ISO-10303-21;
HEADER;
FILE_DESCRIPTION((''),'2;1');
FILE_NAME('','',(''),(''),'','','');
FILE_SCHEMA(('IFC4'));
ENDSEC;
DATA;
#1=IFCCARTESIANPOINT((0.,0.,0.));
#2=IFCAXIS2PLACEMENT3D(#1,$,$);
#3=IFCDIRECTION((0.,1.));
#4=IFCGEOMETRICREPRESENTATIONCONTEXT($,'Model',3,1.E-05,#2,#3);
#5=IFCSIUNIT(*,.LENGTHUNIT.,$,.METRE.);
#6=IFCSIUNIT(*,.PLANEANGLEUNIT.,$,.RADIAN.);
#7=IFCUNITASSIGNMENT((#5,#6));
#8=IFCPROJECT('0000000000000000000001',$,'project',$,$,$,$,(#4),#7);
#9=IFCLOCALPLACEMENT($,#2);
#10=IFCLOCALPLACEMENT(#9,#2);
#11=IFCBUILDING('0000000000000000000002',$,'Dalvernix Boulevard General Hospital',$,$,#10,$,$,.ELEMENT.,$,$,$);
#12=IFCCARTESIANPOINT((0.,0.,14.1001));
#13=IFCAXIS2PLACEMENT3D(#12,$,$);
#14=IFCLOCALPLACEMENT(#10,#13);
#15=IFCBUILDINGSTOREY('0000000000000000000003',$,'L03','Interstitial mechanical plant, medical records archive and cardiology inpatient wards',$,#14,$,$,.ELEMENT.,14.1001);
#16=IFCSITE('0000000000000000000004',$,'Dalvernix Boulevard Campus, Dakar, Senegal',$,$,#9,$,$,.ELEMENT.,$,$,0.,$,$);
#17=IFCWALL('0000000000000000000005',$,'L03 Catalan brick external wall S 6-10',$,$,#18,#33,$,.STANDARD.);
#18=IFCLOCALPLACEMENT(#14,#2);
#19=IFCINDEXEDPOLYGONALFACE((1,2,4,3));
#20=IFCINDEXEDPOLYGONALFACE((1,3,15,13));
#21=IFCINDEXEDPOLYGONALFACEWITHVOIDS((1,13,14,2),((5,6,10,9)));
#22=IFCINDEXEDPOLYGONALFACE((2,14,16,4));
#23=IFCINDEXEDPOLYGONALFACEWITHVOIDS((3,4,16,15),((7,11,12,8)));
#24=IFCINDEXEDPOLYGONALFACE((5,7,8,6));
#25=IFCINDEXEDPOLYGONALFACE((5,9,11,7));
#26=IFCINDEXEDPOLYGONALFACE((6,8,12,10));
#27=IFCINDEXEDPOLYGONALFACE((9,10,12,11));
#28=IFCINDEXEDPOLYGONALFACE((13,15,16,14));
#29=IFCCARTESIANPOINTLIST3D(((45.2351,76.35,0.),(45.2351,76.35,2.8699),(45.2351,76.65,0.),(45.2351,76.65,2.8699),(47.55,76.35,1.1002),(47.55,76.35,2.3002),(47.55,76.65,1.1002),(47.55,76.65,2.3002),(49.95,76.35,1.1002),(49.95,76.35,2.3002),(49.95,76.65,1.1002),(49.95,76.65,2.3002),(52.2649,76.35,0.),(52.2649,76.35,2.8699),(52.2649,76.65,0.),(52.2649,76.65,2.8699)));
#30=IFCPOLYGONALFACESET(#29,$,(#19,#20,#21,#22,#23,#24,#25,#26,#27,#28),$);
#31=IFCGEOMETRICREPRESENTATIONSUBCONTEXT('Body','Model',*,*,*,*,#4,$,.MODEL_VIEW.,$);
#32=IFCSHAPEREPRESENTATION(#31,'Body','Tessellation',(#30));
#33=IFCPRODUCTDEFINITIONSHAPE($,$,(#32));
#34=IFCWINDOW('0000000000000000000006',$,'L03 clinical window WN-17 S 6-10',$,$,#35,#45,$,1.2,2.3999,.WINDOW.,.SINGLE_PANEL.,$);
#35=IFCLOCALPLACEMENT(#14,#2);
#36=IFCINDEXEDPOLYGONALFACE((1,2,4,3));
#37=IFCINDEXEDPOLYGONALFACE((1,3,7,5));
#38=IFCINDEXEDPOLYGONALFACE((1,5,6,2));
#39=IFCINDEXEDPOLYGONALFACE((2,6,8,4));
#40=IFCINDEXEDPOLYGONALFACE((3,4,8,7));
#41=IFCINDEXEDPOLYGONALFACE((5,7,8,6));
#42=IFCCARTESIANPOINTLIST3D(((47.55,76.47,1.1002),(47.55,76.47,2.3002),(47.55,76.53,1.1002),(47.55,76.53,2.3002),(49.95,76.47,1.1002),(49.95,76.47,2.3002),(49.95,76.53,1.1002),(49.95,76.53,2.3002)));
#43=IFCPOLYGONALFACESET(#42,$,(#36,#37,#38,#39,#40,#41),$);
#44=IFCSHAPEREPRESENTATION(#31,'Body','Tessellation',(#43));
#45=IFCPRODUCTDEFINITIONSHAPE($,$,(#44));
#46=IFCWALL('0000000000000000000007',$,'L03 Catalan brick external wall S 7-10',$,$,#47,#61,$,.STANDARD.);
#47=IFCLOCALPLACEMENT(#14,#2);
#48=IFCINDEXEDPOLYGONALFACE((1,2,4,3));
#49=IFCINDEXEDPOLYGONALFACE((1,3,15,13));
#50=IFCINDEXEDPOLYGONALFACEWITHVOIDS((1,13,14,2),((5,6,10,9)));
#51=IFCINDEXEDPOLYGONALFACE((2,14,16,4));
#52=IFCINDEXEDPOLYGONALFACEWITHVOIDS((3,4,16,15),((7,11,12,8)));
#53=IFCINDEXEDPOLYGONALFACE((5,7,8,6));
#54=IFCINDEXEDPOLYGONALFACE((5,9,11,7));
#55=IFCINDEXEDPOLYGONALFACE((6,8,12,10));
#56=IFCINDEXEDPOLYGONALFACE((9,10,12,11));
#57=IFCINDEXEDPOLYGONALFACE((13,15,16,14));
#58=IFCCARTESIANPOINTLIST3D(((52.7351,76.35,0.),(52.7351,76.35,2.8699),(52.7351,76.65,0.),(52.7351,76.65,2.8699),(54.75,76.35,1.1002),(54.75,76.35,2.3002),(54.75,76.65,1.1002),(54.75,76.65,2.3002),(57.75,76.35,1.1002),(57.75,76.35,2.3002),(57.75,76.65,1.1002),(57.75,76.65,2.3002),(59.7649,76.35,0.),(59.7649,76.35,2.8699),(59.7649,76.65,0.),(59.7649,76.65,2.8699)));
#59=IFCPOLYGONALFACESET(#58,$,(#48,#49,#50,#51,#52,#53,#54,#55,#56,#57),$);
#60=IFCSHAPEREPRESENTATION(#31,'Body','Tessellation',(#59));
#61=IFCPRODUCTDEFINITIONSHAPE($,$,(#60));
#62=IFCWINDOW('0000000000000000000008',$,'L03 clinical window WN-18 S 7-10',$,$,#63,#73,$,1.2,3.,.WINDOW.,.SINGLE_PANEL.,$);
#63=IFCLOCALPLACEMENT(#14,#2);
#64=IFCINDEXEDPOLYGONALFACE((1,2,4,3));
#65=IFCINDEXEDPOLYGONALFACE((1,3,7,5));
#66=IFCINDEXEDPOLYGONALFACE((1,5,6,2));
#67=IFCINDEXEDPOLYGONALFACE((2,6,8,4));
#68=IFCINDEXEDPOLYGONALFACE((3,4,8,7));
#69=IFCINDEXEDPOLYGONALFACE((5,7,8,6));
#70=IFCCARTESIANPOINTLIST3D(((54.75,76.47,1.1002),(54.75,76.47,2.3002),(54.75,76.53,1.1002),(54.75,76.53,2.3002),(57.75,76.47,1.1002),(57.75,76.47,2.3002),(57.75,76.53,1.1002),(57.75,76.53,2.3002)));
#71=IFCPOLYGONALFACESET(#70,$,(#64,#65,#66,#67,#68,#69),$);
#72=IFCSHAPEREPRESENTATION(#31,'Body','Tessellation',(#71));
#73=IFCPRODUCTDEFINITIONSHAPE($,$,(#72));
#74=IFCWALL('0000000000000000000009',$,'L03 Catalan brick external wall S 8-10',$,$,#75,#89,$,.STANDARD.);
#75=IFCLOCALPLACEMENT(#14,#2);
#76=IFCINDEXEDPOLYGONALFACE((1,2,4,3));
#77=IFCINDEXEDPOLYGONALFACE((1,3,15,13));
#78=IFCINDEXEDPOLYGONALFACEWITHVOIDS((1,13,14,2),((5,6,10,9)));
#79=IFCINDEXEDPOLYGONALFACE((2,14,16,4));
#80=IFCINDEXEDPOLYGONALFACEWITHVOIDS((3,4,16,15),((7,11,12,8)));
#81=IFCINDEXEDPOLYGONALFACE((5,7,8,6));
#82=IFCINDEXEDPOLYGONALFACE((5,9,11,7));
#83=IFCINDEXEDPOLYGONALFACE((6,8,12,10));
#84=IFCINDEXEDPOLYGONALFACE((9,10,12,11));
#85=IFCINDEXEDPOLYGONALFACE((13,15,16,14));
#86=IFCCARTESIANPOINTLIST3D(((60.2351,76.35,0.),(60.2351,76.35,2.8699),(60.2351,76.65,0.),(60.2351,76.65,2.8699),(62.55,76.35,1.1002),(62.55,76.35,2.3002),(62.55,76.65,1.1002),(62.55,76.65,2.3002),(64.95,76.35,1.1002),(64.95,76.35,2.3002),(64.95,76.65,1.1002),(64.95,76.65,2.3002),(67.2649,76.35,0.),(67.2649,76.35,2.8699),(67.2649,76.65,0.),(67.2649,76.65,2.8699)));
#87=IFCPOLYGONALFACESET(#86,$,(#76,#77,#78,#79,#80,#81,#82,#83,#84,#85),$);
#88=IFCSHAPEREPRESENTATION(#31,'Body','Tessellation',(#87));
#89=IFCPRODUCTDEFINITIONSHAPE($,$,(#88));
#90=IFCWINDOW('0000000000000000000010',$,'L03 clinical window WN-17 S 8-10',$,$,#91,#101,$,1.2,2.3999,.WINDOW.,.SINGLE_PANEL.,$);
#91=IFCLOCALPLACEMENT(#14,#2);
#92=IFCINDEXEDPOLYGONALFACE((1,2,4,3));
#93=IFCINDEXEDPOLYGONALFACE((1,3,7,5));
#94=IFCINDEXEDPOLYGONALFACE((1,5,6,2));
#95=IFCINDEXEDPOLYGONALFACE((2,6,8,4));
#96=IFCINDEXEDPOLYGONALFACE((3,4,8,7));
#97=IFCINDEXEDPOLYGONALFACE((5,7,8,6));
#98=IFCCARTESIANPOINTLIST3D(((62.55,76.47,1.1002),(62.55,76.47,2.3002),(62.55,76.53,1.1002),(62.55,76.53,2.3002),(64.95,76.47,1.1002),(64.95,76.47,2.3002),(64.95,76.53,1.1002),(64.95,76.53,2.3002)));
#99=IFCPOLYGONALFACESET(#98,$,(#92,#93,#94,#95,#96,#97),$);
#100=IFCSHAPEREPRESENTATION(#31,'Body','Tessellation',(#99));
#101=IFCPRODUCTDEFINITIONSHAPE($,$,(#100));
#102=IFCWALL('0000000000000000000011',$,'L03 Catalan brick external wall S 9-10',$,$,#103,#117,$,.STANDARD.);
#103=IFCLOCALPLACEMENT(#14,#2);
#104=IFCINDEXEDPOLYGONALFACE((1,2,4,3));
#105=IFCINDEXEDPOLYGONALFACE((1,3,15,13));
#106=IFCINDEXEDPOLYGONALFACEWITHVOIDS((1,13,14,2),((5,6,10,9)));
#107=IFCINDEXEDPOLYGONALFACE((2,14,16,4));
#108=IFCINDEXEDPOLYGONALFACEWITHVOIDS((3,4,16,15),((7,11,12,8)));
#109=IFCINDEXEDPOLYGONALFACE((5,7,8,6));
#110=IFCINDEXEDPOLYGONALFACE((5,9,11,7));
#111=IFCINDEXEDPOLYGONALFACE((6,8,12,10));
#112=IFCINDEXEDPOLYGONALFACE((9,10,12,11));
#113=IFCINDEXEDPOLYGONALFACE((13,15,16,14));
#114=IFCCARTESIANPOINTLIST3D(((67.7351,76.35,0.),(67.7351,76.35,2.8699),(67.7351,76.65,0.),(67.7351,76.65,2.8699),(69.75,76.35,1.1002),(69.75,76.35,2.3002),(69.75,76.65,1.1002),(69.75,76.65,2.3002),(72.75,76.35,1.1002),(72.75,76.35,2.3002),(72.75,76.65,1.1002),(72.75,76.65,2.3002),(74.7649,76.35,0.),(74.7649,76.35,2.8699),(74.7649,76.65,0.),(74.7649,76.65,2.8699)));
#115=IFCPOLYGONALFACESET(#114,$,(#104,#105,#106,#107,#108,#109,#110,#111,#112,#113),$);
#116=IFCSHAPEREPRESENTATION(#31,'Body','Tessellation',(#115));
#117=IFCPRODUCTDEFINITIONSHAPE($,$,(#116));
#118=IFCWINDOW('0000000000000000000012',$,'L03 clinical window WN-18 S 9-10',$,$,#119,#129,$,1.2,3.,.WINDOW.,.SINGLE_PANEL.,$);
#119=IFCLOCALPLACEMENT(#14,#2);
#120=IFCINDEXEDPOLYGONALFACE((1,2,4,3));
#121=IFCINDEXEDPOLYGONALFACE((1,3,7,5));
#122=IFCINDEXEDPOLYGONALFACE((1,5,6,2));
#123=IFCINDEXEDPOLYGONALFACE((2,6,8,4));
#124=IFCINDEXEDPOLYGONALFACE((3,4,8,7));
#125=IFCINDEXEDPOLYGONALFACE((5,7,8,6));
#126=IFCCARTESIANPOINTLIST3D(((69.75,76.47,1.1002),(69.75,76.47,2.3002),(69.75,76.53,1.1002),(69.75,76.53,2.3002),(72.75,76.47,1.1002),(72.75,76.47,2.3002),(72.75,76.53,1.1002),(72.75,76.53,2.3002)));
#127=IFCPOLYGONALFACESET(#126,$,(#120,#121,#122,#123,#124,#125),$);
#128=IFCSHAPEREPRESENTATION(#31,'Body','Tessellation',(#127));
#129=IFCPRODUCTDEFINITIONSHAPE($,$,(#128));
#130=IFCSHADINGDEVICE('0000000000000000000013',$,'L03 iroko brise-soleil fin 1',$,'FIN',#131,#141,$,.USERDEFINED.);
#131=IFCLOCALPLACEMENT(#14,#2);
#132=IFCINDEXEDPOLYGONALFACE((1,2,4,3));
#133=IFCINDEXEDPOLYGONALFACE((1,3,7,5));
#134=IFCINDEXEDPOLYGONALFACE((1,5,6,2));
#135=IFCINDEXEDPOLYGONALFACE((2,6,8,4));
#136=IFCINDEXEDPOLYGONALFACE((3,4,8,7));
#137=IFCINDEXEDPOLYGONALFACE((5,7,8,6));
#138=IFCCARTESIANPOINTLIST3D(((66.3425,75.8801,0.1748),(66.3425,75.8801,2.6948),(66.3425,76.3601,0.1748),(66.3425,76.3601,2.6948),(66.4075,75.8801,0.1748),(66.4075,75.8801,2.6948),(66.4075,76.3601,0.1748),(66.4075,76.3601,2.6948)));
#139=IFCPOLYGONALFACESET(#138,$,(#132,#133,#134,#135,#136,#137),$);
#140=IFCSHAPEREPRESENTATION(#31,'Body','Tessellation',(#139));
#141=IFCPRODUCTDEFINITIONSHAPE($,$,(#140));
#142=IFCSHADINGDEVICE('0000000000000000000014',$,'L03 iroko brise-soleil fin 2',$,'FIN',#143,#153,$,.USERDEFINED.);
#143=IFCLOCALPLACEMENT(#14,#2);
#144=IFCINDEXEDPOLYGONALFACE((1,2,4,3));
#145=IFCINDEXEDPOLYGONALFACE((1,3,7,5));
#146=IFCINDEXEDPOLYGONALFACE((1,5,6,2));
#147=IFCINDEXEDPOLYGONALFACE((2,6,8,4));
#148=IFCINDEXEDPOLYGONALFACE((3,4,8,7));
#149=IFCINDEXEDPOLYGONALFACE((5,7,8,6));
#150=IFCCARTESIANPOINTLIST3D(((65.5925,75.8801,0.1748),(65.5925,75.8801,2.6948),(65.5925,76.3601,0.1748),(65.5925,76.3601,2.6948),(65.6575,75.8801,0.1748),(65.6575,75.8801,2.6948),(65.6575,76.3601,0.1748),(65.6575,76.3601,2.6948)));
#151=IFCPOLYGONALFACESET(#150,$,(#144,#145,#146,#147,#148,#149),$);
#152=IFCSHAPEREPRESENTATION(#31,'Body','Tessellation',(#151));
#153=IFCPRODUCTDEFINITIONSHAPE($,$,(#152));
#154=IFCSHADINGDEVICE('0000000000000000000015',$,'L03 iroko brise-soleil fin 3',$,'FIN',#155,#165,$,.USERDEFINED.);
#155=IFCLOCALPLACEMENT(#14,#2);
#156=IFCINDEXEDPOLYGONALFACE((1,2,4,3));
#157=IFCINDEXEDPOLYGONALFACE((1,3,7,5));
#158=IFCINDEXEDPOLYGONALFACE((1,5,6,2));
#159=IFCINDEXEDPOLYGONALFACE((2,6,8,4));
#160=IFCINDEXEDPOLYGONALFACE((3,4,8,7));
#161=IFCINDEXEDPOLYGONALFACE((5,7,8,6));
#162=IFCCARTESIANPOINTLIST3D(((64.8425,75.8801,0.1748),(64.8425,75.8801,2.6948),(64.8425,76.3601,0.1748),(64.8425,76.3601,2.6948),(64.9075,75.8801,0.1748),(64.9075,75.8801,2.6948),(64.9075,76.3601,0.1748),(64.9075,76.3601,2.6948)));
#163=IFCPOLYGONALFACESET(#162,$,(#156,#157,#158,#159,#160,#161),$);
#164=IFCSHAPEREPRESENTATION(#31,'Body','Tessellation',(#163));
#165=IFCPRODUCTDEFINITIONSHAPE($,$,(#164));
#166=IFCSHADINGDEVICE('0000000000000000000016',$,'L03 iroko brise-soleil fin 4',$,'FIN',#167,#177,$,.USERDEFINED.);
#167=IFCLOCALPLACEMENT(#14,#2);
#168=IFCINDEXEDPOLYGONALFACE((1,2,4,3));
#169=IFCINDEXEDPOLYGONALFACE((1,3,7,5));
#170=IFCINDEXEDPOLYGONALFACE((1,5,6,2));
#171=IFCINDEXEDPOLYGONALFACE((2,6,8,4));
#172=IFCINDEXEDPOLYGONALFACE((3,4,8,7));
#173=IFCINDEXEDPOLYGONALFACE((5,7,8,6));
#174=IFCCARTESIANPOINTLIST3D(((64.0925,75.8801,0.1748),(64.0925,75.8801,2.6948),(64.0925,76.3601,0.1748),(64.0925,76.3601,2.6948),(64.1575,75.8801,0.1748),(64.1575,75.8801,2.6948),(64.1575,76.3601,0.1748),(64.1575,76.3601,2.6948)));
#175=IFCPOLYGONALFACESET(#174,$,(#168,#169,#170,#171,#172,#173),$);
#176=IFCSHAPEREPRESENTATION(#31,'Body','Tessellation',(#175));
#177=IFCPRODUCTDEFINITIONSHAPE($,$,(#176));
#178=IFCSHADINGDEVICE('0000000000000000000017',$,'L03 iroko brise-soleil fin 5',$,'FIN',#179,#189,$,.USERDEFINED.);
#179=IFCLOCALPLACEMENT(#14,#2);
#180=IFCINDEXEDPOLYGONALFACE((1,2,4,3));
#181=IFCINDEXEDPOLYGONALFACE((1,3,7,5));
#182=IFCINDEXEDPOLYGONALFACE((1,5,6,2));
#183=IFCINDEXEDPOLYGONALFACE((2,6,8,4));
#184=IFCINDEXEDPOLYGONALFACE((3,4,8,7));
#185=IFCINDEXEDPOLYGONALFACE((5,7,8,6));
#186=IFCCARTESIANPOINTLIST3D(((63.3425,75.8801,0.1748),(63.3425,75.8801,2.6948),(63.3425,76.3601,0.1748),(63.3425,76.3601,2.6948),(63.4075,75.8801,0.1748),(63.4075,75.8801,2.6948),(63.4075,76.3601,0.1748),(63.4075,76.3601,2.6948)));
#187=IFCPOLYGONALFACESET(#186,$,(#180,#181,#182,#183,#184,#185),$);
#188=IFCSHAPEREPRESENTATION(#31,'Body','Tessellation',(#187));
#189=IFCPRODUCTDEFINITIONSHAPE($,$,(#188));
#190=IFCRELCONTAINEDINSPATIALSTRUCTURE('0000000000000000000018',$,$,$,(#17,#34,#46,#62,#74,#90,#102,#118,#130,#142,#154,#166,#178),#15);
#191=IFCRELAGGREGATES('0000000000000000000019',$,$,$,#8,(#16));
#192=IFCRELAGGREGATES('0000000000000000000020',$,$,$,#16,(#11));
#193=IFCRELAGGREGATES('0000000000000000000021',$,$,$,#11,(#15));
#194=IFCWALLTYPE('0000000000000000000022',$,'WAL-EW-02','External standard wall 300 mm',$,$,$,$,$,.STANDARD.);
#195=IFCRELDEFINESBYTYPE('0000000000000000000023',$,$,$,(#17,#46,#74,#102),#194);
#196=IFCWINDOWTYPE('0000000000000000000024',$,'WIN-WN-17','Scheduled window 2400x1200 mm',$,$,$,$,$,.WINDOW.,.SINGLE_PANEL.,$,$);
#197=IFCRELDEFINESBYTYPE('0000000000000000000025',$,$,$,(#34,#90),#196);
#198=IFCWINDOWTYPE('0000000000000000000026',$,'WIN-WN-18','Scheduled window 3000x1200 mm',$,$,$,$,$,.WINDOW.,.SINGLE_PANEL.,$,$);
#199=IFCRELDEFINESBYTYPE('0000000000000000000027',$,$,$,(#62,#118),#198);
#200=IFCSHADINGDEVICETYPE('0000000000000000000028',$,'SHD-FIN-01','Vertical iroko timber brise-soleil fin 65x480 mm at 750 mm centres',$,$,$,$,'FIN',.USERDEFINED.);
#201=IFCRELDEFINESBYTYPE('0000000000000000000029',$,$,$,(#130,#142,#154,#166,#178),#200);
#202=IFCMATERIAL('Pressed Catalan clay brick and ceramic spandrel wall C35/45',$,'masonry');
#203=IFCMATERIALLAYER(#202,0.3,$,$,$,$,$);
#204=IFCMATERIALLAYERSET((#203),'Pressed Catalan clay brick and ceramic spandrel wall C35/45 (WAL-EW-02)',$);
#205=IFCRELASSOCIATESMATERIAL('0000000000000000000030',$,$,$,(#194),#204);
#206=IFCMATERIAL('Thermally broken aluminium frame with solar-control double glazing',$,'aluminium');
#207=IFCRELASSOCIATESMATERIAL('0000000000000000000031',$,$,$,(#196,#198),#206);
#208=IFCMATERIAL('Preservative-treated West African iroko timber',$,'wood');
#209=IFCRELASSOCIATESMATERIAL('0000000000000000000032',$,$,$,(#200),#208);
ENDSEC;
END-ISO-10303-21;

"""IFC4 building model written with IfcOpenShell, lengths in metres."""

from ifc_helpers import new_model, si_unit, direction, frame, frame_2d, origin, origin_2d, place, context, subcontext, project, spatial, rectangle, extrude, material, layer, layer_set, type_object, element, fill, save


model = new_model("IFC4")

# Units and contexts
model_context = context("Model", 3, precision=1e-05, world=origin(), true_north=direction((0.0, 1.0)))
body_context = subcontext(model_context, "Body", "Model", "MODEL_VIEW")
ifc_project = project(units=[si_unit("LENGTHUNIT", "METRE"), si_unit("PLANEANGLEUNIT", "RADIAN")], contexts=[model_context])

# Site, building, storey
site_placement = place(None, origin())
site = spatial("IfcSite", under=ifc_project, at=site_placement, Name="Dalvernix Boulevard Campus, Dakar, Senegal", CompositionType="ELEMENT", RefElevation=0.0)
building_placement = place(site_placement, origin())
building = spatial("IfcBuilding", under=site, at=building_placement, Name="Dalvernix Boulevard General Hospital", CompositionType="ELEMENT")
storey_placement = place(building_placement, frame((0.0, 0.0, 14.1001)))
storey = spatial("IfcBuildingStorey", under=building, at=storey_placement, Name="L03", Description="Interstitial mechanical plant, medical records archive and cardiology inpatient wards", CompositionType="ELEMENT", Elevation=14.1001)

# Walls, openings, windows
ifc_material_1 = material(Name="Pressed Catalan clay brick and ceramic spandrel wall C35/45", Category="masonry")
ifc_layer = layer(ifc_material_1, 0.3)
ifc_layer_set = layer_set([ifc_layer], Name="Pressed Catalan clay brick and ceramic spandrel wall C35/45 (WAL-EW-02)")
wall_type = type_object("IfcWallType", Name="WAL-EW-02", Description="External standard wall 300 mm", PredefinedType="STANDARD", material=ifc_layer_set)
wall_1_placement = place(storey_placement, frame((52.2649, 76.5, 0.0), z_axis=(0.0, 0.0, 1.0), x_axis=(-1.0, 0.0, 0.0)))
wall_1 = element("IfcWall", 1, at=wall_1_placement, inside=storey, type_object=wall_type, Name="L03 Catalan brick external wall S 6-10", PredefinedType="STANDARD", context=body_context, shape_type="SweptSolid", body=[
    extrude(rectangle(XDim=7.0298, YDim=0.3, at=frame_2d((3.5149, 0.0))), origin(), (0.0, 0.0, 1.0), 2.8699),
])
opening_1_placement = place(wall_1_placement, frame((2.3149, 0.0, 1.1001)))
opening_1 = element("IfcOpeningElement", 2, at=opening_1_placement, cuts=wall_1, PredefinedType="OPENING", context=body_context, shape_type="SweptSolid", body=[
    extrude(rectangle(XDim=2.3999, YDim=1.2, at=frame_2d((1.2, 0.6001))), frame((0.0, 0.1599, 0.0), z_axis=(0.0, -1.0, 0.0), x_axis=(1.0, 0.0, 0.0)), (0.0, 0.0, 1.0), 0.3201),
])
ifc_material_2 = material(Name="Thermally broken aluminium frame with solar-control double glazing", Category="aluminium")
window_type_1 = type_object("IfcWindowType", Name="WIN-WN-17", Description="Scheduled window 2400x1200 mm", PartitioningType="SINGLE_PANEL", PredefinedType="WINDOW", material=ifc_material_2)
window_1_placement = place(opening_1_placement, origin())
window_1 = element("IfcWindow", 3, at=window_1_placement, inside=storey, type_object=window_type_1, Name="L03 clinical window WN-17 S 6-10", OverallHeight=1.2, OverallWidth=2.3999, PartitioningType="SINGLE_PANEL", PredefinedType="WINDOW", context=body_context, shape_type="SweptSolid", body=[
    extrude(rectangle(XDim=2.3999, YDim=1.2, at=frame_2d((1.2, 0.6001))), frame((0.0, 0.03, 0.0), z_axis=(0.0, -1.0, 0.0), x_axis=(1.0, 0.0, 0.0)), (0.0, 0.0, 1.0), 0.0601),
])
fill(opening_1, window_1)
wall_2_placement = place(storey_placement, frame((59.7649, 76.5, 0.0), z_axis=(0.0, 0.0, 1.0), x_axis=(-1.0, 0.0, 0.0)))
wall_2 = element("IfcWall", 4, at=wall_2_placement, inside=storey, type_object=wall_type, Name="L03 Catalan brick external wall S 7-10", PredefinedType="STANDARD", context=body_context, shape_type="SweptSolid", body=[
    extrude(rectangle(XDim=7.0298, YDim=0.3, at=frame_2d((3.5149, 0.0))), origin(), (0.0, 0.0, 1.0), 2.8699),
])
opening_2_placement = place(wall_2_placement, frame((2.0149, 0.0, 1.1001)))
opening_2 = element("IfcOpeningElement", 5, at=opening_2_placement, cuts=wall_2, PredefinedType="OPENING", context=body_context, shape_type="SweptSolid", body=[
    extrude(rectangle(XDim=3.0, YDim=1.2, at=frame_2d((1.5, 0.6001))), frame((0.0, 0.1599, 0.0), z_axis=(0.0, -1.0, 0.0), x_axis=(1.0, 0.0, 0.0)), (0.0, 0.0, 1.0), 0.3201),
])
window_type_2 = type_object("IfcWindowType", Name="WIN-WN-18", Description="Scheduled window 3000x1200 mm", PartitioningType="SINGLE_PANEL", PredefinedType="WINDOW", material=ifc_material_2)
window_2_placement = place(opening_2_placement, origin())
window_2 = element("IfcWindow", 6, at=window_2_placement, inside=storey, type_object=window_type_2, Name="L03 clinical window WN-18 S 7-10", OverallHeight=1.2, OverallWidth=3.0, PartitioningType="SINGLE_PANEL", PredefinedType="WINDOW", context=body_context, shape_type="SweptSolid", body=[
    extrude(rectangle(XDim=3.0, YDim=1.2, at=frame_2d((1.5, 0.6001))), frame((0.0, 0.03, 0.0), z_axis=(0.0, -1.0, 0.0), x_axis=(1.0, 0.0, 0.0)), (0.0, 0.0, 1.0), 0.0601),
])
fill(opening_2, window_2)
wall_3_placement = place(storey_placement, frame((67.2649, 76.5, 0.0), z_axis=(0.0, 0.0, 1.0), x_axis=(-1.0, 0.0, 0.0)))
wall_3 = element("IfcWall", 7, at=wall_3_placement, inside=storey, type_object=wall_type, Name="L03 Catalan brick external wall S 8-10", PredefinedType="STANDARD", context=body_context, shape_type="SweptSolid", body=[
    extrude(rectangle(XDim=7.0298, YDim=0.3, at=frame_2d((3.5149, 0.0))), origin(), (0.0, 0.0, 1.0), 2.8699),
])
opening_3_placement = place(wall_3_placement, frame((2.3149, 0.0, 1.1001)))
opening_3 = element("IfcOpeningElement", 8, at=opening_3_placement, cuts=wall_3, PredefinedType="OPENING", context=body_context, shape_type="SweptSolid", body=[
    extrude(rectangle(XDim=2.3999, YDim=1.2, at=frame_2d((1.2, 0.6001))), frame((0.0, 0.1599, 0.0), z_axis=(0.0, -1.0, 0.0), x_axis=(1.0, 0.0, 0.0)), (0.0, 0.0, 1.0), 0.3201),
])
window_3_placement = place(opening_3_placement, origin())
window_3 = element("IfcWindow", 9, at=window_3_placement, inside=storey, type_object=window_type_1, Name="L03 clinical window WN-17 S 8-10", OverallHeight=1.2, OverallWidth=2.3999, PartitioningType="SINGLE_PANEL", PredefinedType="WINDOW", context=body_context, shape_type="SweptSolid", body=[
    extrude(rectangle(XDim=2.3999, YDim=1.2, at=frame_2d((1.2, 0.6001))), frame((0.0, 0.03, 0.0), z_axis=(0.0, -1.0, 0.0), x_axis=(1.0, 0.0, 0.0)), (0.0, 0.0, 1.0), 0.0601),
])
fill(opening_3, window_3)
wall_4_placement = place(storey_placement, frame((74.7649, 76.5, 0.0), z_axis=(0.0, 0.0, 1.0), x_axis=(-1.0, 0.0, 0.0)))
wall_4 = element("IfcWall", 10, at=wall_4_placement, inside=storey, type_object=wall_type, Name="L03 Catalan brick external wall S 9-10", PredefinedType="STANDARD", context=body_context, shape_type="SweptSolid", body=[
    extrude(rectangle(XDim=7.0298, YDim=0.3, at=frame_2d((3.5149, 0.0))), origin(), (0.0, 0.0, 1.0), 2.8699),
])
opening_4_placement = place(wall_4_placement, frame((2.0149, 0.0, 1.1001)))
opening_4 = element("IfcOpeningElement", 11, at=opening_4_placement, cuts=wall_4, PredefinedType="OPENING", context=body_context, shape_type="SweptSolid", body=[
    extrude(rectangle(XDim=3.0, YDim=1.2, at=frame_2d((1.5, 0.6001))), frame((0.0, 0.1599, 0.0), z_axis=(0.0, -1.0, 0.0), x_axis=(1.0, 0.0, 0.0)), (0.0, 0.0, 1.0), 0.3201),
])
window_4_placement = place(opening_4_placement, origin())
window_4 = element("IfcWindow", 12, at=window_4_placement, inside=storey, type_object=window_type_2, Name="L03 clinical window WN-18 S 9-10", OverallHeight=1.2, OverallWidth=3.0, PartitioningType="SINGLE_PANEL", PredefinedType="WINDOW", context=body_context, shape_type="SweptSolid", body=[
    extrude(rectangle(XDim=3.0, YDim=1.2, at=frame_2d((1.5, 0.6001))), frame((0.0, 0.03, 0.0), z_axis=(0.0, -1.0, 0.0), x_axis=(1.0, 0.0, 0.0)), (0.0, 0.0, 1.0), 0.0601),
])
fill(opening_4, window_4)

# Shading devices
ifc_material_3 = material(Name="Preservative-treated West African iroko timber", Category="wood")
shading_device_type = type_object("IfcShadingDeviceType", Name="SHD-FIN-01", Description="Vertical iroko timber brise-soleil fin 65x480 mm at 750 mm centres", ElementType="FIN", PredefinedType="USERDEFINED", material=ifc_material_3)
for number, where, z_axis, x_axis, name in (
    (13, (66.375, 76.1201, 0.1748), (0.0, 0.0, 1.0), (-1.0, 0.0, 0.0), "L03 iroko brise-soleil fin 1"),
    (14, (65.625, 76.1201, 0.1748), (0.0, 0.0, 1.0), (-1.0, 0.0, 0.0), "L03 iroko brise-soleil fin 2"),
    (15, (64.875, 76.1201, 0.1748), (0.0, 0.0, 1.0), (-1.0, 0.0, 0.0), "L03 iroko brise-soleil fin 3"),
    (16, (64.125, 76.1201, 0.1748), (0.0, 0.0, 1.0), (-1.0, 0.0, 0.0), "L03 iroko brise-soleil fin 4"),
    (17, (63.375, 76.1201, 0.1748), (0.0, 0.0, 1.0), (-1.0, 0.0, 0.0), "L03 iroko brise-soleil fin 5"),
):
    element("IfcShadingDevice", number, at=place(storey_placement, frame(where, z_axis=z_axis, x_axis=x_axis)), inside=storey, type_object=shading_device_type, Name=name, ObjectType="FIN", PredefinedType="USERDEFINED", context=body_context, shape_type="SweptSolid", body=[
        extrude(rectangle(XDim=0.0649, YDim=0.48, at=origin_2d()), origin(), (0.0, 0.0, 1.0), 2.52),
    ])

save(model, "model.ifc")
